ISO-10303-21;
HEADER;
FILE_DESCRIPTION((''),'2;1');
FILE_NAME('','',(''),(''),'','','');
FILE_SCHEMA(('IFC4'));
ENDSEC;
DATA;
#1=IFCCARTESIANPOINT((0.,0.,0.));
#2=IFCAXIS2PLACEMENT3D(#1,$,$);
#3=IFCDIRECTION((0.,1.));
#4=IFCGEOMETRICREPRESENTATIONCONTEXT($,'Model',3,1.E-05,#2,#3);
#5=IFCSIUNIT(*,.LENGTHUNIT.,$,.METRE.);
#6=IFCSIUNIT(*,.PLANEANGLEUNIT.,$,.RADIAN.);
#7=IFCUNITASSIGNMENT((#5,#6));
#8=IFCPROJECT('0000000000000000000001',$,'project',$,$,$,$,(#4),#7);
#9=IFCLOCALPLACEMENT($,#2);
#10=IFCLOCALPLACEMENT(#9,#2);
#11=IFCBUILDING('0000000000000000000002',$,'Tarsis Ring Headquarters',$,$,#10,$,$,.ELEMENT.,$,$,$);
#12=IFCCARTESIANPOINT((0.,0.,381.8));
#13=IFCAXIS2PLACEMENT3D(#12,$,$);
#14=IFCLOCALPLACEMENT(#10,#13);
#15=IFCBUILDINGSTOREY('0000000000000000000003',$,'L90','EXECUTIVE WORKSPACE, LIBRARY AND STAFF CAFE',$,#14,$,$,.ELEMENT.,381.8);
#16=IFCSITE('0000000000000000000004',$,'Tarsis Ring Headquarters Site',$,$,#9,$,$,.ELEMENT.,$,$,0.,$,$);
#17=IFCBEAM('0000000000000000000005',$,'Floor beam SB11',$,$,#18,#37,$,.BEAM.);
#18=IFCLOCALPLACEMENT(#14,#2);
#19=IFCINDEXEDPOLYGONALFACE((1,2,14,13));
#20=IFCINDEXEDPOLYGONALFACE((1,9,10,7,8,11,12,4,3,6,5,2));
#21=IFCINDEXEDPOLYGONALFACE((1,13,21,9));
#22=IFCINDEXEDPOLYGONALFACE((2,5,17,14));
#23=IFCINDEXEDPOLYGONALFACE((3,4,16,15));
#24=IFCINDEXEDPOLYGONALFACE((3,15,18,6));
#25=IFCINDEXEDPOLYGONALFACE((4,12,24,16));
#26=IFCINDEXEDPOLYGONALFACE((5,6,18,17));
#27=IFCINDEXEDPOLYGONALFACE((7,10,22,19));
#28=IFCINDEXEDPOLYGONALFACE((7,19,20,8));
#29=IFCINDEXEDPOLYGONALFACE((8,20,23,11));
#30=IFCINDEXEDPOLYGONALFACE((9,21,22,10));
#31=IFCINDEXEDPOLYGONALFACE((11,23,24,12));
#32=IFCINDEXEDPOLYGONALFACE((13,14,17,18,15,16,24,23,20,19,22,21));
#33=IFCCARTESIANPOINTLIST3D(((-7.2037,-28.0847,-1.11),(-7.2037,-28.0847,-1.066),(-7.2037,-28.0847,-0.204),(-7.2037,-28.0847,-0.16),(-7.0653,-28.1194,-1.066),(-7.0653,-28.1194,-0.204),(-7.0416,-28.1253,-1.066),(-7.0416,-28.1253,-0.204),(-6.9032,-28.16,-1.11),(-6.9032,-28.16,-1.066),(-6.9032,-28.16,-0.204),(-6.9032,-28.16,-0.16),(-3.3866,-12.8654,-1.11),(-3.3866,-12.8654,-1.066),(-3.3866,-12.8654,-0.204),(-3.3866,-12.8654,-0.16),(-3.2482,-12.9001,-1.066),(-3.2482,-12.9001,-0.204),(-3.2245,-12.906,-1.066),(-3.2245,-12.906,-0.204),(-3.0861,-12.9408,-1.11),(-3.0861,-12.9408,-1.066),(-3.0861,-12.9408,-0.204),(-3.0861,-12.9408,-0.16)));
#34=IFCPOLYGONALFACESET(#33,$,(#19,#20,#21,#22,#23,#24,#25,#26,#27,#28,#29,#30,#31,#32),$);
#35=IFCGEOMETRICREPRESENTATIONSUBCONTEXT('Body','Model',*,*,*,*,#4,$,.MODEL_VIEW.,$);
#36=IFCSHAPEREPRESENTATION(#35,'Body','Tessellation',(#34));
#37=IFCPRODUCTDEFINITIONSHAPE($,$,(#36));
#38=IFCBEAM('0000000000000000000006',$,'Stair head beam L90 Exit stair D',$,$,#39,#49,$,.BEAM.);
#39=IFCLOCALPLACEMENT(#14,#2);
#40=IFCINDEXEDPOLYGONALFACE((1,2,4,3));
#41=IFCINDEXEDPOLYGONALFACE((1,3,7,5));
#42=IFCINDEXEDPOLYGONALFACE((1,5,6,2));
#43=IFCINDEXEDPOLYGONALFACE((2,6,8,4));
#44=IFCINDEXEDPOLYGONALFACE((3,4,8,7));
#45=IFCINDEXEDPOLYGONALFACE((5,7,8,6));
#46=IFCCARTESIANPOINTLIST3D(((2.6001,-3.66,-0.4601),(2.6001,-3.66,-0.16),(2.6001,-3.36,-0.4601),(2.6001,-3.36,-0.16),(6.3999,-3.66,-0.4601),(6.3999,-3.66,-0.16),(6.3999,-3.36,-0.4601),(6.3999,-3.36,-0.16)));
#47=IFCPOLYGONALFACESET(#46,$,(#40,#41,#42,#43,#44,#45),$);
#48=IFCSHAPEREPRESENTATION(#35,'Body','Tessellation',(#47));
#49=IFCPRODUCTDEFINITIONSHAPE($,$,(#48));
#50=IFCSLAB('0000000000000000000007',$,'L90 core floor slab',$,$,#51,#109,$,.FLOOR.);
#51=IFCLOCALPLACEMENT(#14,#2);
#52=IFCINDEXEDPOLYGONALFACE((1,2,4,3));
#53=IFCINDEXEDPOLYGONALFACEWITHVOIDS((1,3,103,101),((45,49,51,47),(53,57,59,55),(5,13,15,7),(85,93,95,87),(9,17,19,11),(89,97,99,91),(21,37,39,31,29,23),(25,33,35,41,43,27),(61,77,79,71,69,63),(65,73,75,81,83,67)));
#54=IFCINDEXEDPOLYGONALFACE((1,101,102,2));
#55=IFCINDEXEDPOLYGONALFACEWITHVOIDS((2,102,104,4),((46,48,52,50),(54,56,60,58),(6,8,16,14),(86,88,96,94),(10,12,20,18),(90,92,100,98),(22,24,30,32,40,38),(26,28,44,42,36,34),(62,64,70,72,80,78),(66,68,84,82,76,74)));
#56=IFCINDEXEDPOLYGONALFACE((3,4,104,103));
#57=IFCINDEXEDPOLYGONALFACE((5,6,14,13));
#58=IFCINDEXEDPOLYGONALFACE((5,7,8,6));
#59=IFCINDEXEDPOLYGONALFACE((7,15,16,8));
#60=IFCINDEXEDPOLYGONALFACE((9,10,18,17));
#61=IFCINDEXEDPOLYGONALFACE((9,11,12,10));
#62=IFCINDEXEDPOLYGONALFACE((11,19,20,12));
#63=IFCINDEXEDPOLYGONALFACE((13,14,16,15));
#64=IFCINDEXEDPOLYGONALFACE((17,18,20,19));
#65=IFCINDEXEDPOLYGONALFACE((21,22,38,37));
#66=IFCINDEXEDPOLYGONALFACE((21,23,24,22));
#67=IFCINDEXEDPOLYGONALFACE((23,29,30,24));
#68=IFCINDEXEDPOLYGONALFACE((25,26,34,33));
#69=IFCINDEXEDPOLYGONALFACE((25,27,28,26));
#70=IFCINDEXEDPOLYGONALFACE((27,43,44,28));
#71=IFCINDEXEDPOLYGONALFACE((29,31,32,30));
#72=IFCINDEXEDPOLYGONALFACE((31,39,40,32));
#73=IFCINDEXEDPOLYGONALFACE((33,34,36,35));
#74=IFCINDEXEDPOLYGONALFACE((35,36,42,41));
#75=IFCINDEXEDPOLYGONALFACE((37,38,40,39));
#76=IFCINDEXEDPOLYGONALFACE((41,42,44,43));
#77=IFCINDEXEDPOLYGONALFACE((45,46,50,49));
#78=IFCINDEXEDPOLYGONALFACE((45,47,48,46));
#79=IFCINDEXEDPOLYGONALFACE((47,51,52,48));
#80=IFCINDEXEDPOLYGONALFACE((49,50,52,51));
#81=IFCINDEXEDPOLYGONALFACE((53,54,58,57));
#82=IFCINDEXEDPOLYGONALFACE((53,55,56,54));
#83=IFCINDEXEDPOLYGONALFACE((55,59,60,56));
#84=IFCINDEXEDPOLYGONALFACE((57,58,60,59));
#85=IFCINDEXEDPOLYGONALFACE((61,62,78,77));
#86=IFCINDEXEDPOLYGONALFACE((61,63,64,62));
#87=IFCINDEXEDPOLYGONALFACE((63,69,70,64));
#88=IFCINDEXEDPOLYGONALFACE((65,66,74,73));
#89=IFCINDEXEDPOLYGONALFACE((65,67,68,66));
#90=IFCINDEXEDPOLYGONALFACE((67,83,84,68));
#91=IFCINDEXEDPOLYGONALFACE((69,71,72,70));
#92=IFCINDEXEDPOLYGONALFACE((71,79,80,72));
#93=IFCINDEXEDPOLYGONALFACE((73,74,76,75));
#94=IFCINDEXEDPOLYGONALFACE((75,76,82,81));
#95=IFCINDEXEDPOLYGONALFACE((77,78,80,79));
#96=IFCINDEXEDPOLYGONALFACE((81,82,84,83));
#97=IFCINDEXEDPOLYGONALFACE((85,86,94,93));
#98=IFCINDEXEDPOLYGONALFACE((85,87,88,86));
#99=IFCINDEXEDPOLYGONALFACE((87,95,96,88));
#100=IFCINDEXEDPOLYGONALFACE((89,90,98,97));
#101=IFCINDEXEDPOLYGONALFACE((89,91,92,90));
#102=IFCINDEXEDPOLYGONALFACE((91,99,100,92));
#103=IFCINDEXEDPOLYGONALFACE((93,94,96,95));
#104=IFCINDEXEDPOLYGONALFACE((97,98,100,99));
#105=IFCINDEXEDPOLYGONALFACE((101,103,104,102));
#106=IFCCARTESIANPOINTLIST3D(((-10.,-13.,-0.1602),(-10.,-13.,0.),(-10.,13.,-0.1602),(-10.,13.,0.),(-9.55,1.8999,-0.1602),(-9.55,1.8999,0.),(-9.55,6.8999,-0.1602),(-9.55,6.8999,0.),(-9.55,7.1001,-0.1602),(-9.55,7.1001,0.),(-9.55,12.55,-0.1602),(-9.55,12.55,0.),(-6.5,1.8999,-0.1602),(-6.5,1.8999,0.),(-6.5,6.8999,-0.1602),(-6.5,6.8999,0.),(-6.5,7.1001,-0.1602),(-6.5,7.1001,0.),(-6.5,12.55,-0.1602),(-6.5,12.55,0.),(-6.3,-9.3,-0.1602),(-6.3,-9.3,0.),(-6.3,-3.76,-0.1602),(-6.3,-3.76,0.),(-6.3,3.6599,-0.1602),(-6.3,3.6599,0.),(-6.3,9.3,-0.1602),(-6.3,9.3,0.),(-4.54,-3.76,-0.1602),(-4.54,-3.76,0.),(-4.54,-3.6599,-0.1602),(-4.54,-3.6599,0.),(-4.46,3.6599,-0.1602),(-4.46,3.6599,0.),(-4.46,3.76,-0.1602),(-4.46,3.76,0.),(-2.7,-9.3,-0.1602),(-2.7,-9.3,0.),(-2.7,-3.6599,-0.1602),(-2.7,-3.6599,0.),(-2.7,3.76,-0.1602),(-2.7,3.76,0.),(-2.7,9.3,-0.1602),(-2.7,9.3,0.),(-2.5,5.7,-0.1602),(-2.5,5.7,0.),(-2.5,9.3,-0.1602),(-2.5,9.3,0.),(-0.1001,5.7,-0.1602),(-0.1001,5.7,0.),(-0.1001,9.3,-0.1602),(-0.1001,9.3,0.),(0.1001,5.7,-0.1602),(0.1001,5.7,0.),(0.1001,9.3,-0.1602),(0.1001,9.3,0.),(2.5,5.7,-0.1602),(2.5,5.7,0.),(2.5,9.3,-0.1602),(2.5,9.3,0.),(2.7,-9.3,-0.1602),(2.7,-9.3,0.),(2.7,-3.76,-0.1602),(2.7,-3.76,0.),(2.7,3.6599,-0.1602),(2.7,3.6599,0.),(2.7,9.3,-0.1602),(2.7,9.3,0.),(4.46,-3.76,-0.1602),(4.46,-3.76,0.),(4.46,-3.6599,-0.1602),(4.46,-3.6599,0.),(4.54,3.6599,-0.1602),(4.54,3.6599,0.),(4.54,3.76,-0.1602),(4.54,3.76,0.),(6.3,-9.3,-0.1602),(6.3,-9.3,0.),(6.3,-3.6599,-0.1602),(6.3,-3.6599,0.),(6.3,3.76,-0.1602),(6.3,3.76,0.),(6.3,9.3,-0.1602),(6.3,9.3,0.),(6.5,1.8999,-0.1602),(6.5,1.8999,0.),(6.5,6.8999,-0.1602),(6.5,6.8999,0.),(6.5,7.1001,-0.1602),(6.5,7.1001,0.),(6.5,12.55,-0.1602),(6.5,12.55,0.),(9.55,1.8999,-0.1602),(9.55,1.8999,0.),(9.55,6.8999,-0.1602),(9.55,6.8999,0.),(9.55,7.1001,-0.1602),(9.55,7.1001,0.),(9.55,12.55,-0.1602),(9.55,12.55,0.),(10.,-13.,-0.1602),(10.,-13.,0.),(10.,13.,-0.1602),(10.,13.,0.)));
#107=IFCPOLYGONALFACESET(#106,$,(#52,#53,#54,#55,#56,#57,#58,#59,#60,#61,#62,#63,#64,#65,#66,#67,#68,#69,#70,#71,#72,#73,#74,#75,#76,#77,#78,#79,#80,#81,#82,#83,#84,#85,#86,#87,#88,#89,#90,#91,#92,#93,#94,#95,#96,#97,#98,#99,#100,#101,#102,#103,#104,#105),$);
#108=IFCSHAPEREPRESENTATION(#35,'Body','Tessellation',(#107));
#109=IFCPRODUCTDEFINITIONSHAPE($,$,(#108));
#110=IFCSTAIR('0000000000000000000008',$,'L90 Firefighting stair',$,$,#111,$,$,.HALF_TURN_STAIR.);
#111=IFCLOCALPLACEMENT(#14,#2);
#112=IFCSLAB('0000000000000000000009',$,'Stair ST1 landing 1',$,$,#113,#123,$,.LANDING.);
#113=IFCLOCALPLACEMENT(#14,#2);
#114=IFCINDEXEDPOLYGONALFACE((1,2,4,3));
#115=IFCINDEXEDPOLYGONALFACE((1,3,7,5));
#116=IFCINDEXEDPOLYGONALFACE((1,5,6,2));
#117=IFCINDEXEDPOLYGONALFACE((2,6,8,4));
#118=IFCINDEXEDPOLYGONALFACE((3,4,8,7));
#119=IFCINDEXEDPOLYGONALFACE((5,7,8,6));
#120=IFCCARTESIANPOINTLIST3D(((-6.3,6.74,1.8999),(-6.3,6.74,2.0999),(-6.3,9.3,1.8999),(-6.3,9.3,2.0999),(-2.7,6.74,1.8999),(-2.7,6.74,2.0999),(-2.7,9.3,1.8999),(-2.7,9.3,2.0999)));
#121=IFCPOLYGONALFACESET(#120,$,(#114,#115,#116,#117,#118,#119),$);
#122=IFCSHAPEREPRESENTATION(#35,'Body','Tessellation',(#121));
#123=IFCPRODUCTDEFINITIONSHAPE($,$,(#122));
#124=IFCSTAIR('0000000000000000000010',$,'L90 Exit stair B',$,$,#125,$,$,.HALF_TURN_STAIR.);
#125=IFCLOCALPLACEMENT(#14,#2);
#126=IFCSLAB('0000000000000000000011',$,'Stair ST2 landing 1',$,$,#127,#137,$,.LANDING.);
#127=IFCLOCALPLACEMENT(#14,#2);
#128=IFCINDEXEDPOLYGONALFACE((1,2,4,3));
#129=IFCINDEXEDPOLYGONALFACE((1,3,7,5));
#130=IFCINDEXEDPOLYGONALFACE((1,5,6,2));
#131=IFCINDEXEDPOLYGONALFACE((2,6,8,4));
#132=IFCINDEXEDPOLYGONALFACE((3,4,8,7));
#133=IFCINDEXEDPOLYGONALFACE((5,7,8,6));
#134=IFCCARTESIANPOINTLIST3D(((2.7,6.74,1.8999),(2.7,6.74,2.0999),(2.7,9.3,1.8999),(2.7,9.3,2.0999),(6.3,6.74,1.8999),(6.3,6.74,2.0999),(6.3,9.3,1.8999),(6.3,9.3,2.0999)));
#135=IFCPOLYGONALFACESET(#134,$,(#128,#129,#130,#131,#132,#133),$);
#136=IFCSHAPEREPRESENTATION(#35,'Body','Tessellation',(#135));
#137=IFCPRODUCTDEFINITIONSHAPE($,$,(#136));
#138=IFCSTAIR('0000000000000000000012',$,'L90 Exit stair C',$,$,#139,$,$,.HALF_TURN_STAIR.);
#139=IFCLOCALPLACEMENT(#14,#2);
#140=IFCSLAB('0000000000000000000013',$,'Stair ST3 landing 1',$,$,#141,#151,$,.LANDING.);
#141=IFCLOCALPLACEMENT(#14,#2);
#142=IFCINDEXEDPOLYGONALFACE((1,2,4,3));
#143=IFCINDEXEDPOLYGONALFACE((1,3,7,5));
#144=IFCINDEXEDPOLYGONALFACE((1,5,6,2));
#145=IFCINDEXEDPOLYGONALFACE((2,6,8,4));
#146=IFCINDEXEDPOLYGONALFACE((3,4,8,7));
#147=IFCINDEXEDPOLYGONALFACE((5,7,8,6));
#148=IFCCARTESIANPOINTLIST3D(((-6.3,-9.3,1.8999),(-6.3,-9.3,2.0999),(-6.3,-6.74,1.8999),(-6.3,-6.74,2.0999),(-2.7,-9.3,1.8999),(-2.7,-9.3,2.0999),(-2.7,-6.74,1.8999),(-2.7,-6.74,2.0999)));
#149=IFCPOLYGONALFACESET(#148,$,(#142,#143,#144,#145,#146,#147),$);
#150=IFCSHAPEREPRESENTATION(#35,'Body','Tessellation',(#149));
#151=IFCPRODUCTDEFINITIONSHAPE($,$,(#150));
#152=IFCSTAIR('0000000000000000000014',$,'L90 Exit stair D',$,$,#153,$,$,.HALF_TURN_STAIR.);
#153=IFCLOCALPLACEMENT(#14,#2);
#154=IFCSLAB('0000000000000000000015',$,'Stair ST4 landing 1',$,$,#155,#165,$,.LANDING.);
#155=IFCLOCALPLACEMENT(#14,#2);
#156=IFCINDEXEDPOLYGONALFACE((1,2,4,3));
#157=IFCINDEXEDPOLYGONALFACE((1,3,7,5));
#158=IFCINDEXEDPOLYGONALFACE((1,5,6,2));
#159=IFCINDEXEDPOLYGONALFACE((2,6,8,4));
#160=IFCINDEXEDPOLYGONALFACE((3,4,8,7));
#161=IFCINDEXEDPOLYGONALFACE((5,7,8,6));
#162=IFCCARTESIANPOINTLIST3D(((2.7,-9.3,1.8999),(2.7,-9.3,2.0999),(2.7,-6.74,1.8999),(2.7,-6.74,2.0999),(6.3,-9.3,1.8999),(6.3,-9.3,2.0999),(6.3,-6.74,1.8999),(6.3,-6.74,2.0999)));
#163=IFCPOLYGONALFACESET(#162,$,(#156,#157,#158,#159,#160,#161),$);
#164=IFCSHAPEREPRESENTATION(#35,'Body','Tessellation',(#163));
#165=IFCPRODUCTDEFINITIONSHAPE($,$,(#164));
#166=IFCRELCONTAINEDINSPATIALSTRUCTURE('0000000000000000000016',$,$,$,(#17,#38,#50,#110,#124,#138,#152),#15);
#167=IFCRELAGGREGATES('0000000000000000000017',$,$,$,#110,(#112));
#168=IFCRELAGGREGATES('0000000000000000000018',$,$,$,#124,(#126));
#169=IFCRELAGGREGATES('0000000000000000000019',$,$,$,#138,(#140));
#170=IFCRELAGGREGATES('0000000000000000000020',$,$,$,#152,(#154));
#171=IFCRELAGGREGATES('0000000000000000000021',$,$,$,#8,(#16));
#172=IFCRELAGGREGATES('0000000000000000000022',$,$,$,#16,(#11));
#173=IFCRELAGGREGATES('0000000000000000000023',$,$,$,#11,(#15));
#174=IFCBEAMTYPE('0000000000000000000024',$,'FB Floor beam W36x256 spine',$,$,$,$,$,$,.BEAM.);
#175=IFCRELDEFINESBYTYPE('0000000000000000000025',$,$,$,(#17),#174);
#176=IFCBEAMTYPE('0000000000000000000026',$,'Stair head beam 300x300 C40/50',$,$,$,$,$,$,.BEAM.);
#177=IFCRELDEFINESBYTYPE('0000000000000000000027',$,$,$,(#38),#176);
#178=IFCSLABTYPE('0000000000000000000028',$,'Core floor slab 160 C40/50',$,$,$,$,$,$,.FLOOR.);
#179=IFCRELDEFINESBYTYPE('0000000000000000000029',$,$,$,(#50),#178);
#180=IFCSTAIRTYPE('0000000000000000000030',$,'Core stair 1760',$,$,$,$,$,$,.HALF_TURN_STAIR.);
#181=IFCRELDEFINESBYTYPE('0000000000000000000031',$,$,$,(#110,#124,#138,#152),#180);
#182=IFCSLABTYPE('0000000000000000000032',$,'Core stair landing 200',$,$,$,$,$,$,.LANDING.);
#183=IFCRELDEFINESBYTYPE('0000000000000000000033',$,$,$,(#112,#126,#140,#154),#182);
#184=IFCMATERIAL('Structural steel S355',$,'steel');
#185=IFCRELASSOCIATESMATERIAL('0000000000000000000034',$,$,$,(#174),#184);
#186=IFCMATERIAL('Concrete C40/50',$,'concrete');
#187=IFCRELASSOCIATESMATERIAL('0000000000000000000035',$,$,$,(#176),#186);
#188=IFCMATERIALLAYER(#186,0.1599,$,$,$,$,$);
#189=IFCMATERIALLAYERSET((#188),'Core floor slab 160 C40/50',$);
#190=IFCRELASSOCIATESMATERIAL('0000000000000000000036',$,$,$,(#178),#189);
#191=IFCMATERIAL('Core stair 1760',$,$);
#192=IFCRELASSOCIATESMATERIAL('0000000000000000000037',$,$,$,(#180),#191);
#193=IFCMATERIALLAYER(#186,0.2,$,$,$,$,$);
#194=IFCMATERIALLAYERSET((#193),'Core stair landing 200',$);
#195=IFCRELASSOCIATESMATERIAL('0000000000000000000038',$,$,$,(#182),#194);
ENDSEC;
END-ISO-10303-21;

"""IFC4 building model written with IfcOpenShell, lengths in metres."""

from ifc_helpers import new_model, si_unit, direction, frame, origin, origin_2d, place, context, subcontext, project, spatial, polyline, rectangle, i_section, outline, extrude, material, layer, layer_set, material_profile, profile_set, type_object, element, aggregate, save


model = new_model("IFC4")

# Units and contexts
model_context = context("Model", 3, precision=1e-05, world=origin(), true_north=direction((0.0, 1.0)))
body_context = subcontext(model_context, "Body", "Model", "MODEL_VIEW")
ifc_project = project(units=[si_unit("LENGTHUNIT", "METRE"), si_unit("PLANEANGLEUNIT", "RADIAN")], contexts=[model_context])

# Site, building, storey
site_placement = place(None, origin())
site = spatial("IfcSite", under=ifc_project, at=site_placement, Name="Tarsis Ring Headquarters Site", CompositionType="ELEMENT", RefElevation=0.0)
building_placement = place(site_placement, origin())
building = spatial("IfcBuilding", under=site, at=building_placement, Name="Tarsis Ring Headquarters", CompositionType="ELEMENT")
storey_placement = place(building_placement, frame((0.0, 0.0, 381.8)))
storey = spatial("IfcBuildingStorey", under=building, at=storey_placement, Name="L90", Description="EXECUTIVE WORKSPACE, LIBRARY AND STAFF CAFE", CompositionType="ELEMENT", Elevation=381.8)

# Beams
ifc_material_1 = material(Name="Structural steel S355", Category="steel")
ifc_material_profile_1 = material_profile(ifc_material_1, i_section(OverallWidth=0.3098, OverallDepth=0.95, WebThickness=0.0244, FlangeThickness=0.0439, at=origin_2d()), Name="W36x256")
ifc_profile_set_1 = profile_set([ifc_material_profile_1], Name="Structural steel S355")
beam_type_1 = type_object("IfcBeamType", Name="FB Floor beam W36x256 spine", PredefinedType="BEAM", material=ifc_profile_set_1)
beam_1_placement = place(storey_placement, frame((-3.2363, -12.9031, -0.635), z_axis=(-0.243275, -0.969957, 0.0), x_axis=(0.969957, -0.243275, 0.0)))
element("IfcBeam", 1, at=beam_1_placement, inside=storey, type_object=beam_type_1, Name="Floor beam SB11", PredefinedType="BEAM", context=body_context, shape_type="SweptSolid", body=[
    extrude(i_section(OverallWidth=0.3098, OverallDepth=0.95, WebThickness=0.0244, FlangeThickness=0.0439, at=origin_2d()), origin(), (0.0, 0.0, 1.0), 15.6907),
])
ifc_material_2 = material(Name="Concrete C40/50", Category="concrete")
ifc_material_profile_2 = material_profile(ifc_material_2, rectangle(XDim=0.3, YDim=0.3, at=origin_2d()), Name="Stair head beam 300x300 C40/50")
ifc_profile_set_2 = profile_set([ifc_material_profile_2], Name="Concrete C40/50")
beam_type_2 = type_object("IfcBeamType", Name="Stair head beam 300x300 C40/50", PredefinedType="BEAM", material=ifc_profile_set_2)
beam_2_placement = place(storey_placement, frame((2.6001, -3.51, -0.3101), z_axis=(1.0, 0.0, 0.0), x_axis=(0.0, 1.0, 0.0)))
element("IfcBeam", 2, at=beam_2_placement, inside=storey, type_object=beam_type_2, Name="Stair head beam L90 Exit stair D", PredefinedType="BEAM", context=body_context, shape_type="SweptSolid", body=[
    extrude(rectangle(XDim=0.3, YDim=0.3, at=origin_2d()), origin(), (0.0, 0.0, 1.0), 3.7998),
])

# Slab
ifc_layer_1 = layer(ifc_material_2, 0.1599)
ifc_layer_set_1 = layer_set([ifc_layer_1], Name="Core floor slab 160 C40/50")
slab_type_1 = type_object("IfcSlabType", Name="Core floor slab 160 C40/50", PredefinedType="FLOOR", material=ifc_layer_set_1)
slab_1_placement = place(storey_placement, frame((0.0, 0.0, -0.1602)))
element("IfcSlab", 3, at=slab_1_placement, inside=storey, type_object=slab_type_1, Name="L90 core floor slab", PredefinedType="FLOOR", context=body_context, shape_type="SweptSolid", body=[
    extrude(outline(polyline([(-10.0, -13.0), (10.0, -13.0), (10.0, 13.0), (-10.0, 13.0), (-10.0, -13.0)]), holes=[polyline([(-2.5, 5.7), (-0.1001, 5.7), (-0.1001, 9.3), (-2.5, 9.3), (-2.5, 5.7)]), polyline([(0.1001, 5.7), (2.5, 5.7), (2.5, 9.3), (0.1001, 9.3), (0.1001, 5.7)]), polyline([(-9.55, 1.8999), (-6.5, 1.8999), (-6.5, 6.8999), (-9.55, 6.8999), (-9.55, 1.8999)]), polyline([(-9.55, 7.1001), (-6.5, 7.1001), (-6.5, 12.55), (-9.55, 12.55), (-9.55, 7.1001)]), polyline([(6.5, 1.8999), (9.55, 1.8999), (9.55, 6.8999), (6.5, 6.8999), (6.5, 1.8999)]), polyline([(6.5, 7.1001), (9.55, 7.1001), (9.55, 12.55), (6.5, 12.55), (6.5, 7.1001)]), polyline([(-2.7, 3.76), (-2.7, 9.3), (-6.3, 9.3), (-6.3, 3.6599), (-4.46, 3.6599), (-4.46, 3.76), (-2.7, 3.76)]), polyline([(6.3, 3.76), (6.3, 9.3), (2.7, 9.3), (2.7, 3.6599), (4.54, 3.6599), (4.54, 3.76), (6.3, 3.76)]), polyline([(-6.3, -3.76), (-6.3, -9.3), (-2.7, -9.3), (-2.7, -3.6599), (-4.54, -3.6599), (-4.54, -3.76), (-6.3, -3.76)]), polyline([(2.7, -3.76), (2.7, -9.3), (6.3, -9.3), (6.3, -3.6599), (4.46, -3.6599), (4.46, -3.76), (2.7, -3.76)])]), origin(), (0.0, 0.0, 1.0), 0.1602),
])

# Stairs, slabs
ifc_material_3 = material(Name="Core stair 1760")
stair_type = type_object("IfcStairType", Name="Core stair 1760", PredefinedType="HALF_TURN_STAIR", material=ifc_material_3)
stair_1_placement = place(storey_placement, origin())
stair_1 = element("IfcStair", 4, at=stair_1_placement, inside=storey, type_object=stair_type, Name="L90 Firefighting stair", PredefinedType="HALF_TURN_STAIR")
ifc_layer_2 = layer(ifc_material_2, 0.2)
ifc_layer_set_2 = layer_set([ifc_layer_2], Name="Core stair landing 200")
slab_type_2 = type_object("IfcSlabType", Name="Core stair landing 200", PredefinedType="LANDING", material=ifc_layer_set_2)
slab_2_placement = place(storey_placement, frame((0.0, 0.0, 1.8999)))
slab_2 = element("IfcSlab", 5, at=slab_2_placement, type_object=slab_type_2, Name="Stair ST1 landing 1", PredefinedType="LANDING", context=body_context, shape_type="SweptSolid", body=[
    extrude(outline(polyline([(-2.7, 6.74), (-2.7, 9.3), (-6.3, 9.3), (-6.3, 6.74), (-2.7, 6.74)])), origin(), (0.0, 0.0, 1.0), 0.2),
])
aggregate(stair_1, [slab_2])
stair_2_placement = place(storey_placement, origin())
stair_2 = element("IfcStair", 6, at=stair_2_placement, inside=storey, type_object=stair_type, Name="L90 Exit stair B", PredefinedType="HALF_TURN_STAIR")
slab_3_placement = place(storey_placement, frame((0.0, 0.0, 1.8999)))
slab_3 = element("IfcSlab", 7, at=slab_3_placement, type_object=slab_type_2, Name="Stair ST2 landing 1", PredefinedType="LANDING", context=body_context, shape_type="SweptSolid", body=[
    extrude(outline(polyline([(6.3, 6.74), (6.3, 9.3), (2.7, 9.3), (2.7, 6.74), (6.3, 6.74)])), origin(), (0.0, 0.0, 1.0), 0.2),
])
aggregate(stair_2, [slab_3])
stair_3_placement = place(storey_placement, origin())
stair_3 = element("IfcStair", 8, at=stair_3_placement, inside=storey, type_object=stair_type, Name="L90 Exit stair C", PredefinedType="HALF_TURN_STAIR")
slab_4_placement = place(storey_placement, frame((0.0, 0.0, 1.8999)))
slab_4 = element("IfcSlab", 9, at=slab_4_placement, type_object=slab_type_2, Name="Stair ST3 landing 1", PredefinedType="LANDING", context=body_context, shape_type="SweptSolid", body=[
    extrude(outline(polyline([(-6.3, -6.74), (-6.3, -9.3), (-2.7, -9.3), (-2.7, -6.74), (-6.3, -6.74)])), origin(), (0.0, 0.0, 1.0), 0.2),
])
aggregate(stair_3, [slab_4])
stair_4_placement = place(storey_placement, origin())
stair_4 = element("IfcStair", 10, at=stair_4_placement, inside=storey, type_object=stair_type, Name="L90 Exit stair D", PredefinedType="HALF_TURN_STAIR")
slab_5_placement = place(storey_placement, frame((0.0, 0.0, 1.8999)))
slab_5 = element("IfcSlab", 11, at=slab_5_placement, type_object=slab_type_2, Name="Stair ST4 landing 1", PredefinedType="LANDING", context=body_context, shape_type="SweptSolid", body=[
    extrude(outline(polyline([(2.7, -6.74), (2.7, -9.3), (6.3, -9.3), (6.3, -6.74), (2.7, -6.74)])), origin(), (0.0, 0.0, 1.0), 0.2),
])
aggregate(stair_4, [slab_5])

save(model, "model.ifc")
